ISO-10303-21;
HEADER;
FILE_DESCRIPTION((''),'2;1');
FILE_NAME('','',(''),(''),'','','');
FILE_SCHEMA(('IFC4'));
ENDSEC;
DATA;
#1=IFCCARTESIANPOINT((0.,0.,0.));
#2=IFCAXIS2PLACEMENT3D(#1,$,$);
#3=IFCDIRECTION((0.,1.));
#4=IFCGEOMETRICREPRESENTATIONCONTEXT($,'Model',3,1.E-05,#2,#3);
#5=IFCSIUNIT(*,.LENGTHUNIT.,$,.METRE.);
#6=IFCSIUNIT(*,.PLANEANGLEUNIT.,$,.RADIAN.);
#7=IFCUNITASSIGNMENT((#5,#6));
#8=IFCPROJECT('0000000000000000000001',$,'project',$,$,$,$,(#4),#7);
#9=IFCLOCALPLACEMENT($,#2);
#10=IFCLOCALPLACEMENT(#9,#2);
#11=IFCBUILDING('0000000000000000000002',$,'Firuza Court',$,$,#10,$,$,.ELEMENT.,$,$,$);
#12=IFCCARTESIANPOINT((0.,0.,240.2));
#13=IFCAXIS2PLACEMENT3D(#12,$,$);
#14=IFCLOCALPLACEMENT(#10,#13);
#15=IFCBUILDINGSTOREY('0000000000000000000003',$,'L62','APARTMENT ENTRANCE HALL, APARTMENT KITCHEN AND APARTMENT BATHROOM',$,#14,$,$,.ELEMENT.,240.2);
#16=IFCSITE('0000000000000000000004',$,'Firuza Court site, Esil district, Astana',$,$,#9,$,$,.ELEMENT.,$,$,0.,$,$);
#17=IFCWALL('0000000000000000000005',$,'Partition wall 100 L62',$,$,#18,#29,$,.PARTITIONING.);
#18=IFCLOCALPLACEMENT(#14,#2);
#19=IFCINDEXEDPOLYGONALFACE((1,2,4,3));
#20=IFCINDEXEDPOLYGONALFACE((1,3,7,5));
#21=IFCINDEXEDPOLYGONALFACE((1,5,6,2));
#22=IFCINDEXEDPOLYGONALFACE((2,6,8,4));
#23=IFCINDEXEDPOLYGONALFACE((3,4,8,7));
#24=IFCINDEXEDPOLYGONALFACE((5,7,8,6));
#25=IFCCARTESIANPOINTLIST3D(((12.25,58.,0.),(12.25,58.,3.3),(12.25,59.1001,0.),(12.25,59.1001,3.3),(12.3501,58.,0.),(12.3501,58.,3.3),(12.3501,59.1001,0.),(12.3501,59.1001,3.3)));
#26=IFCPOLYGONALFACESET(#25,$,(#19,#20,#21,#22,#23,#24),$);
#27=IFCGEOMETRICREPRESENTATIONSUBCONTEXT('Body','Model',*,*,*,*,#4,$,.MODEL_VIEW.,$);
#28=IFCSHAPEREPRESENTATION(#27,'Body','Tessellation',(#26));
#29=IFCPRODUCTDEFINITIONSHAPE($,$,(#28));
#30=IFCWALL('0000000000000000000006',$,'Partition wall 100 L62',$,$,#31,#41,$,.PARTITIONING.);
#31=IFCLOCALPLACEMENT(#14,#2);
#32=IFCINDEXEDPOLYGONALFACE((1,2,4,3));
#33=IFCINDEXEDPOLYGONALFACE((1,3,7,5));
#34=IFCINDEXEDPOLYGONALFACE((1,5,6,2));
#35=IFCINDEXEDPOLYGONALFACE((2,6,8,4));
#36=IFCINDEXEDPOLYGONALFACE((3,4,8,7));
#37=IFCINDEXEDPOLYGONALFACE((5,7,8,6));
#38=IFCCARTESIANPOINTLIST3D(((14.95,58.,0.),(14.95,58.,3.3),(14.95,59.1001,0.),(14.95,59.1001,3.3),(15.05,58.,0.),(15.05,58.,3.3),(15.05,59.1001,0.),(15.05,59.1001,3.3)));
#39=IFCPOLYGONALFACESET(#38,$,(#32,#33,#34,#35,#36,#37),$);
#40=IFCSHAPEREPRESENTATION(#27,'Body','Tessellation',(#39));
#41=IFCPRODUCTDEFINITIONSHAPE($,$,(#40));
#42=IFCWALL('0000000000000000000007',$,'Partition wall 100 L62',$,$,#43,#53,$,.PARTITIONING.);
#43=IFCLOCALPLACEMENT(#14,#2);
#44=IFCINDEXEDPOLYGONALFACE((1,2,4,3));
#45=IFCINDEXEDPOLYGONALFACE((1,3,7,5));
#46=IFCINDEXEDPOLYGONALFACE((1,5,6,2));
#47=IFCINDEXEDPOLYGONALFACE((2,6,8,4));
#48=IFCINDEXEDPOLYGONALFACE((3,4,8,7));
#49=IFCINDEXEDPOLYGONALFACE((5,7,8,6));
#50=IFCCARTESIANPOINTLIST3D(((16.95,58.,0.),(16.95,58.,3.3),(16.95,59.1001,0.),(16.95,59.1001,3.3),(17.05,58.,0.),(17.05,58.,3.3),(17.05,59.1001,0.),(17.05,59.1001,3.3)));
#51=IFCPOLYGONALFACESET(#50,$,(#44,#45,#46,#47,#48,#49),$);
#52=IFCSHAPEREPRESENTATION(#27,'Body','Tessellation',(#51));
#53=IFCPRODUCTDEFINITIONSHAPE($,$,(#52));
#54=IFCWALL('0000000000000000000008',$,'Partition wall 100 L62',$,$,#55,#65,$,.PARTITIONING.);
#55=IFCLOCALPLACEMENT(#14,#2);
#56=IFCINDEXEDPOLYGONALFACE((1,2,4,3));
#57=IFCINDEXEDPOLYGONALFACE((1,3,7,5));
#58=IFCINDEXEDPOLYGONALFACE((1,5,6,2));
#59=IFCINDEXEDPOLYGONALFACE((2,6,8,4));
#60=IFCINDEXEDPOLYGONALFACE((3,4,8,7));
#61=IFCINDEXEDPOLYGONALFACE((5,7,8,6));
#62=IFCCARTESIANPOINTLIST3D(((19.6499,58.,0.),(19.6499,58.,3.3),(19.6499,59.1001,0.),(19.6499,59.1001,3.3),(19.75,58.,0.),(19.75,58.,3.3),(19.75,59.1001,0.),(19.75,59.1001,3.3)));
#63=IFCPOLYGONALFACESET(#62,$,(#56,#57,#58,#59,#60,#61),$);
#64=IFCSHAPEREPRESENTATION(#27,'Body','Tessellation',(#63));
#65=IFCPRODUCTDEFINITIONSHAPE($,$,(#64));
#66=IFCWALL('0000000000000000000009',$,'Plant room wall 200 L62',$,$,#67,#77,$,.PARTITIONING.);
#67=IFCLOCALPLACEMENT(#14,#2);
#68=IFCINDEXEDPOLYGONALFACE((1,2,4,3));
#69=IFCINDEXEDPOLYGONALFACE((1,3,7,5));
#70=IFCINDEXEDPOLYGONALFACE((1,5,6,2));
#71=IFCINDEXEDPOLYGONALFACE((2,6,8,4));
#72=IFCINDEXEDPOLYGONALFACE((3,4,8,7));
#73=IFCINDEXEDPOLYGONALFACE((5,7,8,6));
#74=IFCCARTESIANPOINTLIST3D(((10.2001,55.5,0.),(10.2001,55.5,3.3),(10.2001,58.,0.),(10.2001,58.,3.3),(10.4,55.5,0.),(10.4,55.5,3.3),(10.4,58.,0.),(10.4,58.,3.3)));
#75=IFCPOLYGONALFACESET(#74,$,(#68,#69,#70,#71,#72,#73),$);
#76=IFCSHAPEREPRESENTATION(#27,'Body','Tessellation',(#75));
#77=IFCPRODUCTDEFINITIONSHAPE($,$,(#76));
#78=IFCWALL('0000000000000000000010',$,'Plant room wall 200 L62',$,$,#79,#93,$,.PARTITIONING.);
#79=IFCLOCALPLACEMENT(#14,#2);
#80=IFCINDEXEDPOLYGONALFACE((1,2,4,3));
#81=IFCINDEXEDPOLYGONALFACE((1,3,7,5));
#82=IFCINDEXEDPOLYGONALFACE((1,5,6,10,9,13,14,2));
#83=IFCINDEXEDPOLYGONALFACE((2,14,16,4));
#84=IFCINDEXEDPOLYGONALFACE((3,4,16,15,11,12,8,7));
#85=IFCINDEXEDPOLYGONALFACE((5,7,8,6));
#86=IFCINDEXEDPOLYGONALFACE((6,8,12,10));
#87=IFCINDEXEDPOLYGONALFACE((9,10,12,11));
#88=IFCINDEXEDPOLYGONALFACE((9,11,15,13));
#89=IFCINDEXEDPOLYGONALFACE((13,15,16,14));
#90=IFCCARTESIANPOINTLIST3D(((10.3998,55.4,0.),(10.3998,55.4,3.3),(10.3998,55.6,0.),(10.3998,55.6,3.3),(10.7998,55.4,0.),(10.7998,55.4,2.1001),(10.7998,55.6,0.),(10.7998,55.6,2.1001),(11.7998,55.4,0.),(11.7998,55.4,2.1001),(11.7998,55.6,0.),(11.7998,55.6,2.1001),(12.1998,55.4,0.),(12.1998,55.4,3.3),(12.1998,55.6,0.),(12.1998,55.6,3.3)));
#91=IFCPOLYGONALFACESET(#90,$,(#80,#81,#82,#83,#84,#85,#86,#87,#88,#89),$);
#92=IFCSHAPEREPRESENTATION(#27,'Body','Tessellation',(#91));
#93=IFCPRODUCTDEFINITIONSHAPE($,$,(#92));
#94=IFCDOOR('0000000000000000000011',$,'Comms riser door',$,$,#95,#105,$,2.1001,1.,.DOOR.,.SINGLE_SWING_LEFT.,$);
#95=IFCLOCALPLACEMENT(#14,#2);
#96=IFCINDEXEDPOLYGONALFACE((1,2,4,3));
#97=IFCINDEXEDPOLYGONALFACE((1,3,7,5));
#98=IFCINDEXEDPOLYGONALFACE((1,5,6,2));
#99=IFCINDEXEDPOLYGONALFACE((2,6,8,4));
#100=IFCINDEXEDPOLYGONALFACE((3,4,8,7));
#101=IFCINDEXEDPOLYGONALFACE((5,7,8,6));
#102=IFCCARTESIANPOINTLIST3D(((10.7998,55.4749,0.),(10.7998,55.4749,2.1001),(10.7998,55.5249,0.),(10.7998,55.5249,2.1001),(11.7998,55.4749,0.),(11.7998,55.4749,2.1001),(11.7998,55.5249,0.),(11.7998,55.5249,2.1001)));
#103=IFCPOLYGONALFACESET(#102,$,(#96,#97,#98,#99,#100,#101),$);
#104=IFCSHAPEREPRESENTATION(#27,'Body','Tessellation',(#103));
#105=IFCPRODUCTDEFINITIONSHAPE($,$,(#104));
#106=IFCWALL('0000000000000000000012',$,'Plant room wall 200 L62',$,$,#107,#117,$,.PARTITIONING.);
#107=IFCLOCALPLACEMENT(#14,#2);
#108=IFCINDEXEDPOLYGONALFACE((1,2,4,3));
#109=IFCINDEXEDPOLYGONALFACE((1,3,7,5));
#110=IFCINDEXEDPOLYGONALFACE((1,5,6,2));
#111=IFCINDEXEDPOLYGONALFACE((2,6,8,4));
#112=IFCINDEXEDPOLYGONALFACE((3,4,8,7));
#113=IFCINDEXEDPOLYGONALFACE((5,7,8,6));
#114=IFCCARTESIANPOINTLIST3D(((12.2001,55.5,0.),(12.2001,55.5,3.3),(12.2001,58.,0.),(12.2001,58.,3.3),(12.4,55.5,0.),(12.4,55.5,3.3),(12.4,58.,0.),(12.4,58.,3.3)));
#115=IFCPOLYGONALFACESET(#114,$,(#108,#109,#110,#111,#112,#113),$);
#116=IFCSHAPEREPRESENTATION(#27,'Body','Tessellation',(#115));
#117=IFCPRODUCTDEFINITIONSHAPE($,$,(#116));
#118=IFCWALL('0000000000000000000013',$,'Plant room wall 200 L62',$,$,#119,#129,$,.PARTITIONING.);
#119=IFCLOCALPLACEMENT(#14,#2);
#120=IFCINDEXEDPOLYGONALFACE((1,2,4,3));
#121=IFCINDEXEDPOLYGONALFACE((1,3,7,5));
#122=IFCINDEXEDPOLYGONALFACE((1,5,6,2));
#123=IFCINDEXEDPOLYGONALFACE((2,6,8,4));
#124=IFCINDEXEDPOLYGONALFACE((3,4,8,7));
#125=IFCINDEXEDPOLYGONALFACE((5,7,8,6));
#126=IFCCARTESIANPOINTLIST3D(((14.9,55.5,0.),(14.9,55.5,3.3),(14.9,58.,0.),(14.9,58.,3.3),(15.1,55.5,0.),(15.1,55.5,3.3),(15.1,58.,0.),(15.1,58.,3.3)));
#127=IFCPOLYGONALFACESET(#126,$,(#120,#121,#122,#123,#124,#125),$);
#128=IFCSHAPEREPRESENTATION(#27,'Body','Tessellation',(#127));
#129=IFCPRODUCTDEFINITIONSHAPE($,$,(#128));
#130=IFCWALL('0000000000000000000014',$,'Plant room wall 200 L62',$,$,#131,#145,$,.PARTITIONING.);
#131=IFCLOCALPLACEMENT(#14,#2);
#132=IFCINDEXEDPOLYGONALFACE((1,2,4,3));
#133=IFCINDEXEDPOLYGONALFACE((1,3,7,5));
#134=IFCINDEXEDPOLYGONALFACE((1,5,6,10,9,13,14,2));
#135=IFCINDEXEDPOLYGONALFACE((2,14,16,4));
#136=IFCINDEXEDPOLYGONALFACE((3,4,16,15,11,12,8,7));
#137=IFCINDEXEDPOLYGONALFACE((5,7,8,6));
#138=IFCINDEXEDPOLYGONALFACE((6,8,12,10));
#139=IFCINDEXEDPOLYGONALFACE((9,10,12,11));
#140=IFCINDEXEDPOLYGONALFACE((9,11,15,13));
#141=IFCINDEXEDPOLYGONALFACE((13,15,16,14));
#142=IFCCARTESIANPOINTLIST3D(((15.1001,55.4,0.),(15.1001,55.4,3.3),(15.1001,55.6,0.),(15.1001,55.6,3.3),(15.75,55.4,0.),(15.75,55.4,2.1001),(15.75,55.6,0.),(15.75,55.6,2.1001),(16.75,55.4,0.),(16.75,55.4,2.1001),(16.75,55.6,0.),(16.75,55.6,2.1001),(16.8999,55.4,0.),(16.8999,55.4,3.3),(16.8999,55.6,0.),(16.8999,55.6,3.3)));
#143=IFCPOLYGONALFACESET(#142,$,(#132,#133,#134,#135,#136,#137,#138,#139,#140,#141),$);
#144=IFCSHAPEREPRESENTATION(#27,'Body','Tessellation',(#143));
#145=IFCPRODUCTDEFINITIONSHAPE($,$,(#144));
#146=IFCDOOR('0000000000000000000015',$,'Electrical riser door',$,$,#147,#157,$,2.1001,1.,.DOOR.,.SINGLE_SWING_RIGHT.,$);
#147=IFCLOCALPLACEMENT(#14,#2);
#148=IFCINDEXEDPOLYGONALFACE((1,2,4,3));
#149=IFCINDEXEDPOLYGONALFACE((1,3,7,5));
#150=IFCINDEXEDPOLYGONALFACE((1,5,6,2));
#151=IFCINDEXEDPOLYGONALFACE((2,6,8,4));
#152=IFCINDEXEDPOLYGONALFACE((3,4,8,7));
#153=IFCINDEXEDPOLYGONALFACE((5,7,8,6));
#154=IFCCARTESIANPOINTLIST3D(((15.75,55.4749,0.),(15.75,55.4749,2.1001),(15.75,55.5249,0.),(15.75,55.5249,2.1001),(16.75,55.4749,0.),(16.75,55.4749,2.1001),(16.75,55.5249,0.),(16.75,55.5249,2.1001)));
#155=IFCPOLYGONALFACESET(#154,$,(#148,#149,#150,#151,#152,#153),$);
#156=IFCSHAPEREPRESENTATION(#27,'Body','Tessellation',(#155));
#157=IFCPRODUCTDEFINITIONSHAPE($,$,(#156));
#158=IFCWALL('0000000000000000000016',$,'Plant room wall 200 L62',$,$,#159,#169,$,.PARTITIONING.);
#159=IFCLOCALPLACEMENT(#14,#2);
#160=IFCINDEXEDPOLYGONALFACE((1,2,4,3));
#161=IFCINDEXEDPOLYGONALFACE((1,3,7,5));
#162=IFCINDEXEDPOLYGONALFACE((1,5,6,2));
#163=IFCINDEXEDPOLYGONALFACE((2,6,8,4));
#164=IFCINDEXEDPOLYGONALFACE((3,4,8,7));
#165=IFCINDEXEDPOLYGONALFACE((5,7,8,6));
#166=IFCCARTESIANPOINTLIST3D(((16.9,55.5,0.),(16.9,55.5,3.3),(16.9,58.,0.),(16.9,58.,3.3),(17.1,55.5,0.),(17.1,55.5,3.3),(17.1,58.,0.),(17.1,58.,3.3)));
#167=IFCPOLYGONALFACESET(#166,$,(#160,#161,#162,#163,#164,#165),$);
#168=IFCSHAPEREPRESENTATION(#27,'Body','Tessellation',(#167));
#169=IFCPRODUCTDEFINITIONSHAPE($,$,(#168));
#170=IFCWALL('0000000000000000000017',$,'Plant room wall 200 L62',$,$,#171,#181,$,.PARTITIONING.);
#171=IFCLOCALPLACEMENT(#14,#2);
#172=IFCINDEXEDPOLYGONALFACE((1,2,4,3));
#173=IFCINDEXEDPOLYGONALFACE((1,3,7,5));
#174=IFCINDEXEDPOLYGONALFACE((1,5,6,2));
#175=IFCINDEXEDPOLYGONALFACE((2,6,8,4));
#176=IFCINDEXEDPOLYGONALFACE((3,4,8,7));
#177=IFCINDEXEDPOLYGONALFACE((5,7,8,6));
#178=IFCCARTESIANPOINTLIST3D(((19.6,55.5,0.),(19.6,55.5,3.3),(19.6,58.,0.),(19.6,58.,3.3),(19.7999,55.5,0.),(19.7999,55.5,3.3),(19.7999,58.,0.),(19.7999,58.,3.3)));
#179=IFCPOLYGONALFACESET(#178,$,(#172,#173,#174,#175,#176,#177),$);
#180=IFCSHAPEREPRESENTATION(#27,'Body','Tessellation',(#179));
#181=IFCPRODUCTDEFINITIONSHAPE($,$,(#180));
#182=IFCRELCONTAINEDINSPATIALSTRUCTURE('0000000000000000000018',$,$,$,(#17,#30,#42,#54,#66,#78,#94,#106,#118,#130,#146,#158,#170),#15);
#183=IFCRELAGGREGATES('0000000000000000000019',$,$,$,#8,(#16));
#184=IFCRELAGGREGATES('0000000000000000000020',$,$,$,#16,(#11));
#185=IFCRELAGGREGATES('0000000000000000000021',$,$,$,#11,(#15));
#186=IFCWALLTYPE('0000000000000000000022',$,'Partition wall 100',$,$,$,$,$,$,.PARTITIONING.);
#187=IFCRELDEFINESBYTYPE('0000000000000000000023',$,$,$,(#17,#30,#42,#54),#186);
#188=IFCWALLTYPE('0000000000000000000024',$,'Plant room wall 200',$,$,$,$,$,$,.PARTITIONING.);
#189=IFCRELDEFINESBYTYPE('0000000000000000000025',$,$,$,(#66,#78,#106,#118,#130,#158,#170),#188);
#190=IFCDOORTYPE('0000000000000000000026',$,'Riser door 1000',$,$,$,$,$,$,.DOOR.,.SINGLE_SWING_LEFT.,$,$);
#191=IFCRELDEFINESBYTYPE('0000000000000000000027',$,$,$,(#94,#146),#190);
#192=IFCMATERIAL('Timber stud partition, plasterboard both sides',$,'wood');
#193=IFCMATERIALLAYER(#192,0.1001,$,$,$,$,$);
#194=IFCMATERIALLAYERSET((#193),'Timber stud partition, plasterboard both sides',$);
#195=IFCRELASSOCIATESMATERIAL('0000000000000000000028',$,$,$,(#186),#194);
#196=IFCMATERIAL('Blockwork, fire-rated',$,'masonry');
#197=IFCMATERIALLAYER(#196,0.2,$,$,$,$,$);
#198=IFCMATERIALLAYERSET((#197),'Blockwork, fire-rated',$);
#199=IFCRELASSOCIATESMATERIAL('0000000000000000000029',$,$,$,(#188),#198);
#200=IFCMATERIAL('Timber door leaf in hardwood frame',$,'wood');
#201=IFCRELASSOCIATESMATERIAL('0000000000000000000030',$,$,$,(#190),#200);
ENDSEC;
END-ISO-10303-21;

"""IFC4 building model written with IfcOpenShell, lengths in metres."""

from ifc_helpers import new_model, si_unit, direction, frame, frame_2d, origin, place, context, subcontext, project, spatial, rectangle, extrude, material, layer, layer_set, type_object, element, fill, save


model = new_model("IFC4")

# Units and contexts
model_context = context("Model", 3, precision=1e-05, world=origin(), true_north=direction((0.0, 1.0)))
body_context = subcontext(model_context, "Body", "Model", "MODEL_VIEW")
ifc_project = project(units=[si_unit("LENGTHUNIT", "METRE"), si_unit("PLANEANGLEUNIT", "RADIAN")], contexts=[model_context])

# Site, building, storey
site_placement = place(None, origin())
site = spatial("IfcSite", under=ifc_project, at=site_placement, Name="Firuza Court site, Esil district, Astana", CompositionType="ELEMENT", RefElevation=0.0)
building_placement = place(site_placement, origin())
building = spatial("IfcBuilding", under=site, at=building_placement, Name="Firuza Court", CompositionType="ELEMENT")
storey_placement = place(building_placement, frame((0.0, 0.0, 240.2)))
storey = spatial("IfcBuildingStorey", under=building, at=storey_placement, Name="L62", Description="APARTMENT ENTRANCE HALL, APARTMENT KITCHEN AND APARTMENT BATHROOM", CompositionType="ELEMENT", Elevation=240.2)

# Walls
ifc_material_1 = material(Name="Timber stud partition, plasterboard both sides", Category="wood")
ifc_layer_1 = layer(ifc_material_1, 0.1001)
ifc_layer_set_1 = layer_set([ifc_layer_1], Name="Timber stud partition, plasterboard both sides")
wall_type_1 = type_object("IfcWallType", Name="Partition wall 100", PredefinedType="PARTITIONING", material=ifc_layer_set_1)
for number, where, z_axis, x_axis, name in (
    (1, (12.3, 58.0, 0.0), (0.0, 0.0, 1.0), (0.0, 1.0, 0.0), "Partition wall 100 L62"),
    (2, (15.0, 58.0, 0.0), (0.0, 0.0, 1.0), (0.0, 1.0, 0.0), "Partition wall 100 L62"),
    (3, (17.0, 58.0, 0.0), (0.0, 0.0, 1.0), (0.0, 1.0, 0.0), "Partition wall 100 L62"),
    (4, (19.7, 58.0, 0.0), (0.0, 0.0, 1.0), (0.0, 1.0, 0.0), "Partition wall 100 L62"),
):
    element("IfcWall", number, at=place(storey_placement, frame(where, z_axis=z_axis, x_axis=x_axis)), inside=storey, type_object=wall_type_1, Name=name, PredefinedType="PARTITIONING", context=body_context, shape_type="SweptSolid", body=[
        extrude(rectangle(XDim=1.1001, YDim=0.1001, at=frame_2d((0.55, 0.0))), origin(), (0.0, 0.0, 1.0), 3.3),
    ])
ifc_material_2 = material(Name="Blockwork, fire-rated", Category="masonry")
ifc_layer_2 = layer(ifc_material_2, 0.2)
ifc_layer_set_2 = layer_set([ifc_layer_2], Name="Blockwork, fire-rated")
wall_type_2 = type_object("IfcWallType", Name="Plant room wall 200", PredefinedType="PARTITIONING", material=ifc_layer_set_2)
wall_1_placement = place(storey_placement, frame((10.3, 55.5, 0.0), z_axis=(0.0, 0.0, 1.0), x_axis=(0.0, 1.0, 0.0)))
element("IfcWall", 5, at=wall_1_placement, inside=storey, type_object=wall_type_2, Name="Plant room wall 200 L62", PredefinedType="PARTITIONING", context=body_context, shape_type="SweptSolid", body=[
    extrude(rectangle(XDim=2.5, YDim=0.2, at=frame_2d((1.25, 0.0))), origin(), (0.0, 0.0, 1.0), 3.3),
])

# Wall, opening, door
wall_2_placement = place(storey_placement, frame((10.3999, 55.5, 0.0), z_axis=(0.0, 0.0, 1.0), x_axis=(1.0, 0.0, 0.0)))
wall_2 = element("IfcWall", 6, at=wall_2_placement, inside=storey, type_object=wall_type_2, Name="Plant room wall 200 L62", PredefinedType="PARTITIONING", context=body_context, shape_type="SweptSolid", body=[
    extrude(rectangle(XDim=1.8, YDim=0.2, at=frame_2d((0.8999, 0.0))), origin(), (0.0, 0.0, 1.0), 3.3),
])
opening_1_placement = place(wall_2_placement, frame((0.3999, 0.0, 0.0)))
opening_1 = element("IfcOpeningElement", 7, at=opening_1_placement, cuts=wall_2, PredefinedType="OPENING", context=body_context, shape_type="SweptSolid", body=[
    extrude(rectangle(XDim=1.0, YDim=2.1001, at=frame_2d((0.5, 1.05))), frame((0.0, 0.1118, 0.0), z_axis=(0.0, -1.0, 0.0), x_axis=(1.0, 0.0, 0.0)), (0.0, 0.0, 1.0), 0.2239),
])
ifc_material_3 = material(Name="Timber door leaf in hardwood frame", Category="wood")
door_type_1 = type_object("IfcDoorType", Name="Riser door 1000", OperationType="SINGLE_SWING_LEFT", PredefinedType="DOOR", material=ifc_material_3)
door_1_placement = place(opening_1_placement, origin())
door_1 = element("IfcDoor", 8, at=door_1_placement, inside=storey, type_object=door_type_1, Name="Comms riser door", OperationType="SINGLE_SWING_LEFT", OverallHeight=2.1001, OverallWidth=1.0, PredefinedType="DOOR", context=body_context, shape_type="SweptSolid", body=[
    extrude(rectangle(XDim=1.0, YDim=2.1001, at=frame_2d((0.5, 1.05))), frame((0.0, 0.0249, 0.0), z_axis=(0.0, -1.0, 0.0), x_axis=(1.0, 0.0, 0.0)), (0.0, 0.0, 1.0), 0.05),
])
fill(opening_1, door_1)

# Walls
for number, where, z_axis, x_axis, name in (
    (9, (12.3, 55.5, 0.0), (0.0, 0.0, 1.0), (0.0, 1.0, 0.0), "Plant room wall 200 L62"),
    (10, (15.0, 55.5, 0.0), (0.0, 0.0, 1.0), (0.0, 1.0, 0.0), "Plant room wall 200 L62"),
):
    element("IfcWall", number, at=place(storey_placement, frame(where, z_axis=z_axis, x_axis=x_axis)), inside=storey, type_object=wall_type_2, Name=name, PredefinedType="PARTITIONING", context=body_context, shape_type="SweptSolid", body=[
        extrude(rectangle(XDim=2.5, YDim=0.2, at=frame_2d((1.25, 0.0))), origin(), (0.0, 0.0, 1.0), 3.3),
    ])

# Wall, opening, door
wall_3_placement = place(storey_placement, frame((15.1001, 55.5, 0.0), z_axis=(0.0, 0.0, 1.0), x_axis=(1.0, 0.0, 0.0)))
wall_3 = element("IfcWall", 11, at=wall_3_placement, inside=storey, type_object=wall_type_2, Name="Plant room wall 200 L62", PredefinedType="PARTITIONING", context=body_context, shape_type="SweptSolid", body=[
    extrude(rectangle(XDim=1.7998, YDim=0.2, at=frame_2d((0.8999, 0.0))), origin(), (0.0, 0.0, 1.0), 3.3),
])
opening_2_placement = place(wall_3_placement, frame((0.6499, 0.0, 0.0)))
opening_2 = element("IfcOpeningElement", 12, at=opening_2_placement, cuts=wall_3, PredefinedType="OPENING", context=body_context, shape_type="SweptSolid", body=[
    extrude(rectangle(XDim=1.0, YDim=2.1001, at=frame_2d((0.5, 1.05))), frame((0.0, 0.1118, 0.0), z_axis=(0.0, -1.0, 0.0), x_axis=(1.0, 0.0, 0.0)), (0.0, 0.0, 1.0), 0.2239),
])
door_2_placement = place(opening_2_placement, origin())
door_2 = element("IfcDoor", 13, at=door_2_placement, inside=storey, type_object=door_type_1, Name="Electrical riser door", OperationType="SINGLE_SWING_RIGHT", OverallHeight=2.1001, OverallWidth=1.0, PredefinedType="DOOR", context=body_context, shape_type="SweptSolid", body=[
    extrude(rectangle(XDim=1.0, YDim=2.1001, at=frame_2d((0.5, 1.05))), frame((0.0, 0.0249, 0.0), z_axis=(0.0, -1.0, 0.0), x_axis=(1.0, 0.0, 0.0)), (0.0, 0.0, 1.0), 0.05),
])
fill(opening_2, door_2)

# Walls
for number, where, z_axis, x_axis, name in (
    (14, (17.0, 55.5, 0.0), (0.0, 0.0, 1.0), (0.0, 1.0, 0.0), "Plant room wall 200 L62"),
    (15, (19.7, 55.5, 0.0), (0.0, 0.0, 1.0), (0.0, 1.0, 0.0), "Plant room wall 200 L62"),
):
    element("IfcWall", number, at=place(storey_placement, frame(where, z_axis=z_axis, x_axis=x_axis)), inside=storey, type_object=wall_type_2, Name=name, PredefinedType="PARTITIONING", context=body_context, shape_type="SweptSolid", body=[
        extrude(rectangle(XDim=2.5, YDim=0.2, at=frame_2d((1.25, 0.0))), origin(), (0.0, 0.0, 1.0), 3.3),
    ])

save(model, "model.ifc")
